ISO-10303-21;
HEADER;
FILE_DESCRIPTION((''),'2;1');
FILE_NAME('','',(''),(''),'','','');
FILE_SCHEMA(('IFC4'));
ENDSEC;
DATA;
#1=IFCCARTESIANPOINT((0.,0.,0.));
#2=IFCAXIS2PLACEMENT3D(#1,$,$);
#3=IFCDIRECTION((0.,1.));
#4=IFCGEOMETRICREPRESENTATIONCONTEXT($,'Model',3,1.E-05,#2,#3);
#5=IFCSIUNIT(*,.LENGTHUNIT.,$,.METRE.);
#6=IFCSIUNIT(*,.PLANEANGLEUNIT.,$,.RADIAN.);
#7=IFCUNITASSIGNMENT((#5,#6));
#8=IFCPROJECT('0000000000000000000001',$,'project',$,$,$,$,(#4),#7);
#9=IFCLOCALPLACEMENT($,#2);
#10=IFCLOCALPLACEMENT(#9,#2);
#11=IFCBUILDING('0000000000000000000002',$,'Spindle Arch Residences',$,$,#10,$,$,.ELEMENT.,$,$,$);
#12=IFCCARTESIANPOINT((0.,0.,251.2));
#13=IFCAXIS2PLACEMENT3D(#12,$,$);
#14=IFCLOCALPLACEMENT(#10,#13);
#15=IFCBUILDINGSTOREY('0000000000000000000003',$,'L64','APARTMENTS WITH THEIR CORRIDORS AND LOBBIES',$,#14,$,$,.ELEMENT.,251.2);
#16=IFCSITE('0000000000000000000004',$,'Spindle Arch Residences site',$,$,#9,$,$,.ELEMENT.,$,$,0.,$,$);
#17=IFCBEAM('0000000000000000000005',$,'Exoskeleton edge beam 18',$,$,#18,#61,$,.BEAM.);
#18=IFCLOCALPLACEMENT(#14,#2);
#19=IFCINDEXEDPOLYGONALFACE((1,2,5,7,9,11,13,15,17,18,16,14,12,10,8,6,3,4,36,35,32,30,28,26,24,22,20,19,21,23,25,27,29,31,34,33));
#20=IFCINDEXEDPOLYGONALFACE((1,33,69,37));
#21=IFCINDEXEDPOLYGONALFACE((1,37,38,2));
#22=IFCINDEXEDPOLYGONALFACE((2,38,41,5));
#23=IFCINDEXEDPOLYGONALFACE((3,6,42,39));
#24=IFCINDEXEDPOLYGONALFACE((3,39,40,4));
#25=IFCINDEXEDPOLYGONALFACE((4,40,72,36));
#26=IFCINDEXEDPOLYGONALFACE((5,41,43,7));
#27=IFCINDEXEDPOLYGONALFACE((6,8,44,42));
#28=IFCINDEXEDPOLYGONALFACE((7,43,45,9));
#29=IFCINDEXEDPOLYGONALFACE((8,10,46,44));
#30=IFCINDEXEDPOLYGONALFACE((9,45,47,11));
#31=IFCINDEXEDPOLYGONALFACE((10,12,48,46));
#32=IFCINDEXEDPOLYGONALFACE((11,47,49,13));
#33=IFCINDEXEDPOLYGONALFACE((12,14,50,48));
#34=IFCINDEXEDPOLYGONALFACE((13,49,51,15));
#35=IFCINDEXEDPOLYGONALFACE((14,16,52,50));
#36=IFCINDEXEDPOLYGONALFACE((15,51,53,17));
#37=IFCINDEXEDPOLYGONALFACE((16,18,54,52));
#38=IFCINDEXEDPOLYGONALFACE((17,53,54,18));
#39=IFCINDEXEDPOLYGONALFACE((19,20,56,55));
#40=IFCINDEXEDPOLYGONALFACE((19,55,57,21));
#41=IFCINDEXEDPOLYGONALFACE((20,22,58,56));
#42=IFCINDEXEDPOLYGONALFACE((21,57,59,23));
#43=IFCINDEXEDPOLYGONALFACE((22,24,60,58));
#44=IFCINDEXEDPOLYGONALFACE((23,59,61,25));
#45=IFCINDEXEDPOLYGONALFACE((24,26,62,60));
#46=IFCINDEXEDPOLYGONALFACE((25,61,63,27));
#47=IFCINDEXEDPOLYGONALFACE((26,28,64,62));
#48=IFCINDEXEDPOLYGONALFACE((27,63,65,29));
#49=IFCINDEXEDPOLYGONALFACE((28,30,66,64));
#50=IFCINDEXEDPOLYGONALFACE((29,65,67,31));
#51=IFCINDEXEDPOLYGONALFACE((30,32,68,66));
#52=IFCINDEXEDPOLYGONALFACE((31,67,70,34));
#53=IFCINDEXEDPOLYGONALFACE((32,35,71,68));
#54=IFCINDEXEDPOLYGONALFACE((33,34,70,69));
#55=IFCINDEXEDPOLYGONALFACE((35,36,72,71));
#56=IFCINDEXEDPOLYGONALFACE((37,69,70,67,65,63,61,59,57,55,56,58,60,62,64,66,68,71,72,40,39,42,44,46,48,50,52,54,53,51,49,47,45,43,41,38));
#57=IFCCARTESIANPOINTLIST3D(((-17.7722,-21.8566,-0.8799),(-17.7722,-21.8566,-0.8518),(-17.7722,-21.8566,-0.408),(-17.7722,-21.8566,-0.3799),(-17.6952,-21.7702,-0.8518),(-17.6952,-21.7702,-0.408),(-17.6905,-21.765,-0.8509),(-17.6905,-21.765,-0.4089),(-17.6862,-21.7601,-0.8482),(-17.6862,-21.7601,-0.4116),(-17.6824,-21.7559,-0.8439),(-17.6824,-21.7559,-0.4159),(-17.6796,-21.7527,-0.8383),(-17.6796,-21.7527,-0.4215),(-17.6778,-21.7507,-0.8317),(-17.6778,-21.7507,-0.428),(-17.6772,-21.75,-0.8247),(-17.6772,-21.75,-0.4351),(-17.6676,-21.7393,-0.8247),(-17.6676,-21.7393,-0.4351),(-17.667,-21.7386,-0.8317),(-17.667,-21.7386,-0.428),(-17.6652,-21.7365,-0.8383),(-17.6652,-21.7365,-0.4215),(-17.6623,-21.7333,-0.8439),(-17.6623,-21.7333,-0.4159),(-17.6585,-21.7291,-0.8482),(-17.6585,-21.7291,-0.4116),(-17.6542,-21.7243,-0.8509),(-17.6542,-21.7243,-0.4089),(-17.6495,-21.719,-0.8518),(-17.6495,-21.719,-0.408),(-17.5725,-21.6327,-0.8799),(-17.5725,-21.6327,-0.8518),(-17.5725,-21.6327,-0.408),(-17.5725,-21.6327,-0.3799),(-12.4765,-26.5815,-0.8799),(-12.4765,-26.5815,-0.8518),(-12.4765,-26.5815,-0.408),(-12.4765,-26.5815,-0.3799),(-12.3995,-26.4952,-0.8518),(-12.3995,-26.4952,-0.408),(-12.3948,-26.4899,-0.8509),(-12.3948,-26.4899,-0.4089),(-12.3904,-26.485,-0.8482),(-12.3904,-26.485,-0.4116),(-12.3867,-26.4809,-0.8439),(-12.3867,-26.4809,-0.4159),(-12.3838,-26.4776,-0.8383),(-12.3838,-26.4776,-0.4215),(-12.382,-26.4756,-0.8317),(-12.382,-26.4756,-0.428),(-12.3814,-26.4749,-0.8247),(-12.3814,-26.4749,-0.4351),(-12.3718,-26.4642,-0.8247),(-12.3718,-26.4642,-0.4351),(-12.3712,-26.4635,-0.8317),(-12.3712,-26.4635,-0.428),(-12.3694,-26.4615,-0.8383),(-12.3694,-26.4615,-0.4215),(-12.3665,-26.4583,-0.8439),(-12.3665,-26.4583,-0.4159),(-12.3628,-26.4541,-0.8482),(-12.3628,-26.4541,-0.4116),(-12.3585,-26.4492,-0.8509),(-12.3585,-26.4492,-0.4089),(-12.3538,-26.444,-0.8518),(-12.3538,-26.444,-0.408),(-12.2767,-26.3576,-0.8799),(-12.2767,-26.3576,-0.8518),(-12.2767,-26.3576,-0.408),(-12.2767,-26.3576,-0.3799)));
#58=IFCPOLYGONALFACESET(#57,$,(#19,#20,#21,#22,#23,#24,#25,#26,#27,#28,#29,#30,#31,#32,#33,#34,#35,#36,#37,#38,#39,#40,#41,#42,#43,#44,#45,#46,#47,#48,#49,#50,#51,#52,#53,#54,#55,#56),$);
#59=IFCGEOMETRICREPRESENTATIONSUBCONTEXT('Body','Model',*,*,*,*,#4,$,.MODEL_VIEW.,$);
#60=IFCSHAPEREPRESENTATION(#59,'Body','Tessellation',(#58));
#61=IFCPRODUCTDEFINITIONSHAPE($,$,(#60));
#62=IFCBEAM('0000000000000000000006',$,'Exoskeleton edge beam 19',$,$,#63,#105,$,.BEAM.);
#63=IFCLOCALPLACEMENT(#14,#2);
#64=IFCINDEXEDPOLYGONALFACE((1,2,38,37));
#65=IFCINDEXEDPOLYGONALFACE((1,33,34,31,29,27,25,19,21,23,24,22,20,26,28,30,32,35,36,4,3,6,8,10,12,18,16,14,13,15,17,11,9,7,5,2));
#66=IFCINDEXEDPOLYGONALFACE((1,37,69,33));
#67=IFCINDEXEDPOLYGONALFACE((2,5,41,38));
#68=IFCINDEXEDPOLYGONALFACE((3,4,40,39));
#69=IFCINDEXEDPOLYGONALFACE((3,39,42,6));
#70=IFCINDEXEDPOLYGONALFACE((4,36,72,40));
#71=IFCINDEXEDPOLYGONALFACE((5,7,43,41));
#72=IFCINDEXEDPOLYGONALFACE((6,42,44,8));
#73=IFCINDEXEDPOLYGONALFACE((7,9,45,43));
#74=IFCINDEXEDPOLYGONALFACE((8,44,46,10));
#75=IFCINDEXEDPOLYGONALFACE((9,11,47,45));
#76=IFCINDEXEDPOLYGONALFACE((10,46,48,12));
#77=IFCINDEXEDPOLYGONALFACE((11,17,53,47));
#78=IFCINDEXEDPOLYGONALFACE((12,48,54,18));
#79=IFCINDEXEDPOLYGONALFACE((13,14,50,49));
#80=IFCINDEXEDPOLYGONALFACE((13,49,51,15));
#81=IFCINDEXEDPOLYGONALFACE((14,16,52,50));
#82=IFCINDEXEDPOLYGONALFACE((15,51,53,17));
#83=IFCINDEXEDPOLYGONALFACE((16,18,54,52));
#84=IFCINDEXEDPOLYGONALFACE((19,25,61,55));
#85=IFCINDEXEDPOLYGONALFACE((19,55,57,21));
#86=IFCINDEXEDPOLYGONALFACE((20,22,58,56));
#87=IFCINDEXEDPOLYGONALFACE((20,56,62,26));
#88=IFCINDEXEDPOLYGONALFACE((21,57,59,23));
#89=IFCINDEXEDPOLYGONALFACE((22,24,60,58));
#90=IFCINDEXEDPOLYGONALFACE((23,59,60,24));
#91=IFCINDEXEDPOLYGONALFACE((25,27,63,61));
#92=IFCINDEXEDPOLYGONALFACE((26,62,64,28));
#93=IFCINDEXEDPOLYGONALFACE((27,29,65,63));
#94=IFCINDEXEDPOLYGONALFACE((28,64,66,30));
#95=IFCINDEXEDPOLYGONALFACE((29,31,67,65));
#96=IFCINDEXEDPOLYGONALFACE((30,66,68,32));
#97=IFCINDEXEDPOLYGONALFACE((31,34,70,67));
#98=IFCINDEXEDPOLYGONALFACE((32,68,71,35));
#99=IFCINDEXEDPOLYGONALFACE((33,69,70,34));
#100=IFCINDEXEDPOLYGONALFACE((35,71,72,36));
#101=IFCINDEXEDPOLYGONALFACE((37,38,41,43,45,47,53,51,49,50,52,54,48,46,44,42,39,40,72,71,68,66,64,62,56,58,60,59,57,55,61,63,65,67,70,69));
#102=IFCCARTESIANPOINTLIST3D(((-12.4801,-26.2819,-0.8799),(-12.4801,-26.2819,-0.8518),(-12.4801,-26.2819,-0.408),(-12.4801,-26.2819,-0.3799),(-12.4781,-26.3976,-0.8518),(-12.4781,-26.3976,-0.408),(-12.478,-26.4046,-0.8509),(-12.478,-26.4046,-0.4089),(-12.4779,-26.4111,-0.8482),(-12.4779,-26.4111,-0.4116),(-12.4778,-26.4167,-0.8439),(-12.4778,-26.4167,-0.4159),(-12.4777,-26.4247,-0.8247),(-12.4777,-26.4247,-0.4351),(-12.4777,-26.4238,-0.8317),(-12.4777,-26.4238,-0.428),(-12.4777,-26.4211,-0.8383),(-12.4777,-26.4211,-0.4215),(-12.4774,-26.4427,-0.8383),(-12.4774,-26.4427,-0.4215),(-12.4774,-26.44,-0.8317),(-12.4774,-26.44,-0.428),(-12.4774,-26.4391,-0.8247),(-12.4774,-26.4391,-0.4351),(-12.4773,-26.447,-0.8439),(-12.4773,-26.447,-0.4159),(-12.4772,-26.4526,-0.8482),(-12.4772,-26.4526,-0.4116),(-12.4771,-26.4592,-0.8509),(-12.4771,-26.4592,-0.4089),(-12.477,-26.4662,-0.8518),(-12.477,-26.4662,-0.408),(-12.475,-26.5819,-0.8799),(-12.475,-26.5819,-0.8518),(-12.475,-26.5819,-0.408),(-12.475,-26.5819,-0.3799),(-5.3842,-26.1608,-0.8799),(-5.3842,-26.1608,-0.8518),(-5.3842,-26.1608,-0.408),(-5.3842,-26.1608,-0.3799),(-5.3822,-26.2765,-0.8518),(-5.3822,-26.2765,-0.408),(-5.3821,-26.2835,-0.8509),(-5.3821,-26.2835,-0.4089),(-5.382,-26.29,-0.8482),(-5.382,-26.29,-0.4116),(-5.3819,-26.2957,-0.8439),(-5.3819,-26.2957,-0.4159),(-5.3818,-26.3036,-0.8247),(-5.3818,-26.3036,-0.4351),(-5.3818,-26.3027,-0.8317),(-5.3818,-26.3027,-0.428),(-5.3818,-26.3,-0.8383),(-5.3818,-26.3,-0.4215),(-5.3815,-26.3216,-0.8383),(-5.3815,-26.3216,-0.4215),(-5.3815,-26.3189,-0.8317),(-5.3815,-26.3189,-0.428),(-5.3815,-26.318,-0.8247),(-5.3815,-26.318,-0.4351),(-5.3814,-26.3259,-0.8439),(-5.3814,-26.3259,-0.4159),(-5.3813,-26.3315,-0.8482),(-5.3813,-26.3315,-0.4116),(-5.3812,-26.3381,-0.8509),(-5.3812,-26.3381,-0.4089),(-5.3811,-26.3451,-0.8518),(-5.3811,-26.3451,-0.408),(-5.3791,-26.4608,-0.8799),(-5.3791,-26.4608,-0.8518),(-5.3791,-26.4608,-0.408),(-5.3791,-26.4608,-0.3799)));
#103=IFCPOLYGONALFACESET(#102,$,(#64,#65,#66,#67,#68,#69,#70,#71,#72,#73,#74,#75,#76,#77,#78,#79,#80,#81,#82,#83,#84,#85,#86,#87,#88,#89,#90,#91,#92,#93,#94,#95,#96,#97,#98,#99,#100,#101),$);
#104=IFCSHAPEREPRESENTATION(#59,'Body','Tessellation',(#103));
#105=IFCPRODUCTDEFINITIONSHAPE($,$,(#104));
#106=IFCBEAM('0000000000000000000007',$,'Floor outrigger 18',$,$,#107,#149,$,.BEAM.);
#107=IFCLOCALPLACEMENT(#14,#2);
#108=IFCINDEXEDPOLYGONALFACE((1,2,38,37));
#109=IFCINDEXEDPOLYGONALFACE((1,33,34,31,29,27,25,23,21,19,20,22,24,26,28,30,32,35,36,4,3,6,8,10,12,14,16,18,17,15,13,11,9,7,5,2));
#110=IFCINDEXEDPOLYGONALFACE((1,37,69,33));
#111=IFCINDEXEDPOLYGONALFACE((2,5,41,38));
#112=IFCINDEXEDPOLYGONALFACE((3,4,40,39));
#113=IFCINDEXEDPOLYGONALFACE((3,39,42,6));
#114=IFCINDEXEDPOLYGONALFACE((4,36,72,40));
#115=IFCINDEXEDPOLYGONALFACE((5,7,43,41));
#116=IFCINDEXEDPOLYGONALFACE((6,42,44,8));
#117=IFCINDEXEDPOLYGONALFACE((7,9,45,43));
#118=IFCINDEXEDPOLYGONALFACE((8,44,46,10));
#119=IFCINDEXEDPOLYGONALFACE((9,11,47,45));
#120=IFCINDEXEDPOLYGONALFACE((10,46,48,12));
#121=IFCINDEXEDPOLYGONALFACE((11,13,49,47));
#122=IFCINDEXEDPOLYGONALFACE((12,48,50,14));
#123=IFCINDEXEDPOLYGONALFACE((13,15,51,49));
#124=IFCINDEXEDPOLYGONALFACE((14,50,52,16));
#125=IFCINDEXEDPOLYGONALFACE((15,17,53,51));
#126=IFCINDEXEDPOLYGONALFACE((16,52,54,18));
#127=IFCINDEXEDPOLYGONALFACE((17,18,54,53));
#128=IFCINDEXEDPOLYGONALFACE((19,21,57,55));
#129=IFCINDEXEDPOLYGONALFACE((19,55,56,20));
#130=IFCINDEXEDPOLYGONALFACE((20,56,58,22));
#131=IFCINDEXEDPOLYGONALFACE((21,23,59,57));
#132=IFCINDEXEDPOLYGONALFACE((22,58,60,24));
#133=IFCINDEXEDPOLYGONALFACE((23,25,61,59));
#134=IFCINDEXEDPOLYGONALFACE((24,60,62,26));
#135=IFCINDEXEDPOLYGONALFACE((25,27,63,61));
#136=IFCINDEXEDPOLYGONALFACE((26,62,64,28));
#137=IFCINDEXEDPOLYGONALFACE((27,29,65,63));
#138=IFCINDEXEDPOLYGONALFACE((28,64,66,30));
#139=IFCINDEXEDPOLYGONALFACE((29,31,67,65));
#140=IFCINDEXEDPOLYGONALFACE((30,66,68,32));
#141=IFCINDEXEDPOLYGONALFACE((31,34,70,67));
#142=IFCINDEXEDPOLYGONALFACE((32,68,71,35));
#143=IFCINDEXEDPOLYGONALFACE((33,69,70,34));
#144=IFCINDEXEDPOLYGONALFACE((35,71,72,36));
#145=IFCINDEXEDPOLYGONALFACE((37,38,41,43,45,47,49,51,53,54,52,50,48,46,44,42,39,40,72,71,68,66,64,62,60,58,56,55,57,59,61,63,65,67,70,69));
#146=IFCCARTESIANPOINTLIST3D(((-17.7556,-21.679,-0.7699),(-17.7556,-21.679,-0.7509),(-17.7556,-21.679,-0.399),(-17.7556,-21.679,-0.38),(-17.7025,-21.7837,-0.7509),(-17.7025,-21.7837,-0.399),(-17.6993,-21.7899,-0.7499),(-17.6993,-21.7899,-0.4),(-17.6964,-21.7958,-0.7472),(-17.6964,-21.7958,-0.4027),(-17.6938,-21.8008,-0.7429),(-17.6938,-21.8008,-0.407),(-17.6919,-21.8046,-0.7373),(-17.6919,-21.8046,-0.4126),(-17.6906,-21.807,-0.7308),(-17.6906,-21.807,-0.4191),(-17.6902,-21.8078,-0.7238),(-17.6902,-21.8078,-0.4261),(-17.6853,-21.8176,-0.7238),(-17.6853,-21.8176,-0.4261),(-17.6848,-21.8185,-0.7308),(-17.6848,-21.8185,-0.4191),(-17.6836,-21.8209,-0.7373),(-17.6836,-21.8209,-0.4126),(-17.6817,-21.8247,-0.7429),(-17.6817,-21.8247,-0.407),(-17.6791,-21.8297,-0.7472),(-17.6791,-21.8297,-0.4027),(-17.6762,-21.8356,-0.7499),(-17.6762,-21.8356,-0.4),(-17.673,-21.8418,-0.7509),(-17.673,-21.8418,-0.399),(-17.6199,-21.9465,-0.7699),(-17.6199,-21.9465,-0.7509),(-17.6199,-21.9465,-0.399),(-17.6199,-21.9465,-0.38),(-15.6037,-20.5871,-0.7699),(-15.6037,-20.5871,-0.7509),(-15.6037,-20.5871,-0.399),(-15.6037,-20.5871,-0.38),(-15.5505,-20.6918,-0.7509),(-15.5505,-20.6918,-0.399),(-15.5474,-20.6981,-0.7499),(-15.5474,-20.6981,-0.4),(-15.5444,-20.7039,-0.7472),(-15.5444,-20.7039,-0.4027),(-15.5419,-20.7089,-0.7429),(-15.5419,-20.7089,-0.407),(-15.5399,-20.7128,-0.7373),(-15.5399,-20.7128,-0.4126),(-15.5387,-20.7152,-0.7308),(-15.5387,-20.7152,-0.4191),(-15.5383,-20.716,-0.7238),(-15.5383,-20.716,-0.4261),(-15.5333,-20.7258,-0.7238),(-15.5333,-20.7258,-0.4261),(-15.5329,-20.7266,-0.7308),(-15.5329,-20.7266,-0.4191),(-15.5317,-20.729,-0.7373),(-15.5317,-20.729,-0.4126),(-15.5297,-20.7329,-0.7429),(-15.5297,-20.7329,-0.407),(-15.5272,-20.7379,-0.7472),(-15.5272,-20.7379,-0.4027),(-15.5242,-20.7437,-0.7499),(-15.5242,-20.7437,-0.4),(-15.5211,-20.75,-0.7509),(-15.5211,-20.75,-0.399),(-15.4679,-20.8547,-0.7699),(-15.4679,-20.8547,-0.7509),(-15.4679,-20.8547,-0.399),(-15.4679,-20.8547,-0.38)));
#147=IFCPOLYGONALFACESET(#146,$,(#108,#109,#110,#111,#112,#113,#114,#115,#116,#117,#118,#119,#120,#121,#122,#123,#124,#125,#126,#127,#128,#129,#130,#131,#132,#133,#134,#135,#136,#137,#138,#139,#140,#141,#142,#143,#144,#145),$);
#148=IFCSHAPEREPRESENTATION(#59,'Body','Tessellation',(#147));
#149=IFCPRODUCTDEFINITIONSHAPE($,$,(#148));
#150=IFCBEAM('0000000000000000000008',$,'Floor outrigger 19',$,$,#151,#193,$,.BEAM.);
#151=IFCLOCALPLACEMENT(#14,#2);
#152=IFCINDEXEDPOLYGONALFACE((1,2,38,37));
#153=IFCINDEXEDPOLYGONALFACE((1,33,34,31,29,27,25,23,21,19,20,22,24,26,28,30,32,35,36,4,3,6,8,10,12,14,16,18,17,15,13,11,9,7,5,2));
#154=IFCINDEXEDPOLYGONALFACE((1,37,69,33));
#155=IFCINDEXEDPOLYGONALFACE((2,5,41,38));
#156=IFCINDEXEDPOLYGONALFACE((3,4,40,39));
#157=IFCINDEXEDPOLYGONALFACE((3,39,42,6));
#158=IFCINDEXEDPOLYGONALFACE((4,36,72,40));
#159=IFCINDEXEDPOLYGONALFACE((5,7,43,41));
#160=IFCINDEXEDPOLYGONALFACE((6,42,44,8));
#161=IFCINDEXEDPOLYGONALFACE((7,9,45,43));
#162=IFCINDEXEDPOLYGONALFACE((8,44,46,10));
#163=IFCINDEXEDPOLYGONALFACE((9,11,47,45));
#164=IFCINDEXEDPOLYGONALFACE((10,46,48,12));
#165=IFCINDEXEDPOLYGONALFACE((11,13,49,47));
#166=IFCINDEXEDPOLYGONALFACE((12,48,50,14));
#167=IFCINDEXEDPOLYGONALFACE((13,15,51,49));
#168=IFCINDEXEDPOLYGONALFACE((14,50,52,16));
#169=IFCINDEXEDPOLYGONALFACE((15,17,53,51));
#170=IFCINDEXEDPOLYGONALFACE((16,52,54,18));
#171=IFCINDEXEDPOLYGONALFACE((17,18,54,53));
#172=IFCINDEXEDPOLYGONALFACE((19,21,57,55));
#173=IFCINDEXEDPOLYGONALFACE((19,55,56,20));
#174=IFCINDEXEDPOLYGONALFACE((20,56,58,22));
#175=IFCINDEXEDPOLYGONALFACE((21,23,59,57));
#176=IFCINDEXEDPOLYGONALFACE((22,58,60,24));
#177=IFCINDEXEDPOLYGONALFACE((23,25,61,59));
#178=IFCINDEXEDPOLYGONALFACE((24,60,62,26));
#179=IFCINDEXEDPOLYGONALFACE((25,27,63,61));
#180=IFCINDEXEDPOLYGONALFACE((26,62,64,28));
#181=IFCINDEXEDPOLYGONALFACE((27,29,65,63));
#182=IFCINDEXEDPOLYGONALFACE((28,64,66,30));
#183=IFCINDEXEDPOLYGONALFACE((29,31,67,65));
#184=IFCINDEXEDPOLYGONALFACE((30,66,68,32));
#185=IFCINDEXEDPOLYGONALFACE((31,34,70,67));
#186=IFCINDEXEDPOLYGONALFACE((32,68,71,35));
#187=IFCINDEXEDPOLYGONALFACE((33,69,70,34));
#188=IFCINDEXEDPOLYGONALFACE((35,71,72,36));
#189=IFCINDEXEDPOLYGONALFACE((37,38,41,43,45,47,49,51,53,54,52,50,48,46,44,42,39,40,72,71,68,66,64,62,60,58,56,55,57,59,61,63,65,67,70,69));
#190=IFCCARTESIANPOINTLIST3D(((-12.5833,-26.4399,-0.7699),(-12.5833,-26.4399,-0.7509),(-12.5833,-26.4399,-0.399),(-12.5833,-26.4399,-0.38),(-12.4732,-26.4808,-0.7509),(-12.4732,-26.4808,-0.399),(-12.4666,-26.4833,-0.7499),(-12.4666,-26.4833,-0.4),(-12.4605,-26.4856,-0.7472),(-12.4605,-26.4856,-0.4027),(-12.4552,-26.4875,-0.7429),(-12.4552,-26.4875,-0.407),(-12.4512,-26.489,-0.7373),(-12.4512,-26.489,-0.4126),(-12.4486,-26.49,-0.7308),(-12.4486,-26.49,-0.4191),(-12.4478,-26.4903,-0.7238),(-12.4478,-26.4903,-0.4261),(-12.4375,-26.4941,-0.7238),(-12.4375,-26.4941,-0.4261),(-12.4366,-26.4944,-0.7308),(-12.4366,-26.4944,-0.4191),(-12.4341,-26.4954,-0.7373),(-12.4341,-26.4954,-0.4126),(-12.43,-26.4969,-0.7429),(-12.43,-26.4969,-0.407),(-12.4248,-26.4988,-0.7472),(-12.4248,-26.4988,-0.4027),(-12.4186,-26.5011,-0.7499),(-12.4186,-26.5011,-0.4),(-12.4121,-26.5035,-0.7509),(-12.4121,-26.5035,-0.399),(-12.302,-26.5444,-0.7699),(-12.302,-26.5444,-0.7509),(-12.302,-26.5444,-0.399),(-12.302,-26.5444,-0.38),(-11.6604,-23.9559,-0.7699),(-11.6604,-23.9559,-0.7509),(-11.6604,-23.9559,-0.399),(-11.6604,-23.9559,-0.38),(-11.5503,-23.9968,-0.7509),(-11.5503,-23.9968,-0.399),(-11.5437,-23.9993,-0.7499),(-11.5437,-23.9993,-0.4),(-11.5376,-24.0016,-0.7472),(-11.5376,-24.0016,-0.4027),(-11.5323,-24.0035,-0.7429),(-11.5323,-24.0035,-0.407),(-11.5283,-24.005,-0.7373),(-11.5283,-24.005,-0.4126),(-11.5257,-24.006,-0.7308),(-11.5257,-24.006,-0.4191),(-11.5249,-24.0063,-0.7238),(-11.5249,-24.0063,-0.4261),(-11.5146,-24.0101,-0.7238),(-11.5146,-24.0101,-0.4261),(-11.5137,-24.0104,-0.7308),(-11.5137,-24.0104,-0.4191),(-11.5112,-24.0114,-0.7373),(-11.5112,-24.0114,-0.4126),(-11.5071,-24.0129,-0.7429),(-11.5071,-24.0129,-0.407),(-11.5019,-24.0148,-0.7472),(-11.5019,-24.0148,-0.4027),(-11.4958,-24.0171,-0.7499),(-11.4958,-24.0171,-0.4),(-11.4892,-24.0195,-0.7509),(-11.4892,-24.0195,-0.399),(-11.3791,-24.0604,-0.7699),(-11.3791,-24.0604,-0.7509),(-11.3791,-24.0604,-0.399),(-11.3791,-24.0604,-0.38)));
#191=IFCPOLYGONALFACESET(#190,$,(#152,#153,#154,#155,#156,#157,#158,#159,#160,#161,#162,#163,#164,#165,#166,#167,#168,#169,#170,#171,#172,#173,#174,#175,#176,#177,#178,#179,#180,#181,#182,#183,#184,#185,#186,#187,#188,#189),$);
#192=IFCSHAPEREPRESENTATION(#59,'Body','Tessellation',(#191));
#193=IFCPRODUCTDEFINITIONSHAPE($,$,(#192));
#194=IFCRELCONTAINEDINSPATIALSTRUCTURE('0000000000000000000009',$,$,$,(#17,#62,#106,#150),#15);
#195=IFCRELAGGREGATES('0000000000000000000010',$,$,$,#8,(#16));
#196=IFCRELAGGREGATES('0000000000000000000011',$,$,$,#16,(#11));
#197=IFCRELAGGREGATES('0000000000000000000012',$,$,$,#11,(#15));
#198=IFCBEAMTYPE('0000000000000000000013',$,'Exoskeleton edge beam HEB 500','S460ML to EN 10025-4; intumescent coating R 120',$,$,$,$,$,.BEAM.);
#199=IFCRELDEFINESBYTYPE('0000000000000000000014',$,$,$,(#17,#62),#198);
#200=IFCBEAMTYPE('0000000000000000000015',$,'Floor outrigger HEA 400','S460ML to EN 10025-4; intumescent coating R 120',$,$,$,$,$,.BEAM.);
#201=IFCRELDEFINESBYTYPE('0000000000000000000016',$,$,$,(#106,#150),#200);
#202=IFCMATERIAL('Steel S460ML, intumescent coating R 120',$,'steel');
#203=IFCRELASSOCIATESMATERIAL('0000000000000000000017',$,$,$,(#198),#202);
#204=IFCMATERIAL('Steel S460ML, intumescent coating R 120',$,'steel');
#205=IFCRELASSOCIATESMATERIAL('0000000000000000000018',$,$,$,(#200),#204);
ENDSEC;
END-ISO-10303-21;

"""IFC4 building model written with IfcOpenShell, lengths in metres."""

from ifc_helpers import new_model, si_unit, direction, frame, origin, origin_2d, place, context, subcontext, project, spatial, i_section, extrude, material, material_profile, profile_set, type_object, element, save


model = new_model("IFC4")

# Units and contexts
model_context = context("Model", 3, precision=1e-05, world=origin(), true_north=direction((0.0, 1.0)))
body_context = subcontext(model_context, "Body", "Model", "MODEL_VIEW")
ifc_project = project(units=[si_unit("LENGTHUNIT", "METRE"), si_unit("PLANEANGLEUNIT", "RADIAN")], contexts=[model_context])

# Site, building, storey
site_placement = place(None, origin())
site = spatial("IfcSite", under=ifc_project, at=site_placement, Name="Spindle Arch Residences site", CompositionType="ELEMENT", RefElevation=0.0)
building_placement = place(site_placement, origin())
building = spatial("IfcBuilding", under=site, at=building_placement, Name="Spindle Arch Residences", CompositionType="ELEMENT")
storey_placement = place(building_placement, frame((0.0, 0.0, 251.2)))
storey = spatial("IfcBuildingStorey", under=building, at=storey_placement, Name="L64", Description="APARTMENTS WITH THEIR CORRIDORS AND LOBBIES", CompositionType="ELEMENT", Elevation=251.2)

# Beams
ifc_material_1 = material(Name="Steel S460ML, intumescent coating R 120", Category="steel")
ifc_material_profile_1 = material_profile(ifc_material_1, i_section(OverallWidth=0.3, OverallDepth=0.5, WebThickness=0.0144, FlangeThickness=0.0281, FilletRadius=0.0271, at=origin_2d()), Name="HEB 500")
ifc_profile_set_1 = profile_set([ifc_material_profile_1], Name="Steel S460ML, intumescent coating R 120")
beam_type_1 = type_object("IfcBeamType", Name="Exoskeleton edge beam HEB 500", Description="S460ML to EN 10025-4; intumescent coating R 120", PredefinedType="BEAM", material=ifc_profile_set_1)
beam_1_placement = place(storey_placement, frame((-17.6724, -21.7446, -0.6299), z_axis=(0.746176, -0.665748, 0.0), x_axis=(0.665748, 0.746176, 0.0)))
element("IfcBeam", 1, at=beam_1_placement, inside=storey, type_object=beam_type_1, Name="Exoskeleton edge beam 18", PredefinedType="BEAM", context=body_context, shape_type="SweptSolid", body=[
    extrude(i_section(OverallWidth=0.3, OverallDepth=0.5, WebThickness=0.0144, FlangeThickness=0.0281, FilletRadius=0.0271, at=origin_2d()), origin(), (0.0, 0.0, 1.0), 7.0972),
])
beam_2_placement = place(storey_placement, frame((-12.4775, -26.4319, -0.6299), z_axis=(0.999854, 0.017063, 0.0), x_axis=(-0.017063, 0.999854, 0.0)))
element("IfcBeam", 2, at=beam_2_placement, inside=storey, type_object=beam_type_1, Name="Exoskeleton edge beam 19", PredefinedType="BEAM", context=body_context, shape_type="SweptSolid", body=[
    extrude(i_section(OverallWidth=0.3, OverallDepth=0.5, WebThickness=0.0144, FlangeThickness=0.0281, FilletRadius=0.0271, at=origin_2d()), origin(), (0.0, 0.0, 1.0), 7.0969),
])
ifc_material_2 = material(Name="Steel S460ML, intumescent coating R 120", Category="steel")
ifc_material_profile_2 = material_profile(ifc_material_2, i_section(OverallWidth=0.3, OverallDepth=0.3899, WebThickness=0.011, FlangeThickness=0.019, FilletRadius=0.0271, at=origin_2d()), Name="HEA 400")
ifc_profile_set_2 = profile_set([ifc_material_profile_2], Name="Steel S460ML, intumescent coating R 120")
beam_type_2 = type_object("IfcBeamType", Name="Floor outrigger HEA 400", Description="S460ML to EN 10025-4; intumescent coating R 120", PredefinedType="BEAM", material=ifc_profile_set_2)
beam_3_placement = place(storey_placement, frame((-17.6877, -21.8127, -0.575), z_axis=(0.891781, 0.452467, 0.0), x_axis=(-0.452467, 0.891781, 0.0)))
element("IfcBeam", 3, at=beam_3_placement, inside=storey, type_object=beam_type_2, Name="Floor outrigger 18", PredefinedType="BEAM", context=body_context, shape_type="SweptSolid", body=[
    extrude(i_section(OverallWidth=0.3, OverallDepth=0.3899, WebThickness=0.011, FlangeThickness=0.019, FilletRadius=0.0271, at=origin_2d()), origin(), (0.0, 0.0, 1.0), 2.4131),
])
beam_4_placement = place(storey_placement, frame((-12.4426, -26.4922, -0.575), z_axis=(0.348274, 0.937393, 0.0), x_axis=(-0.937393, 0.348274, 0.0)))
element("IfcBeam", 4, at=beam_4_placement, inside=storey, type_object=beam_type_2, Name="Floor outrigger 19", PredefinedType="BEAM", context=body_context, shape_type="SweptSolid", body=[
    extrude(i_section(OverallWidth=0.3, OverallDepth=0.3899, WebThickness=0.011, FlangeThickness=0.019, FilletRadius=0.0271, at=origin_2d()), origin(), (0.0, 0.0, 1.0), 2.6499),
])

save(model, "model.ifc")
